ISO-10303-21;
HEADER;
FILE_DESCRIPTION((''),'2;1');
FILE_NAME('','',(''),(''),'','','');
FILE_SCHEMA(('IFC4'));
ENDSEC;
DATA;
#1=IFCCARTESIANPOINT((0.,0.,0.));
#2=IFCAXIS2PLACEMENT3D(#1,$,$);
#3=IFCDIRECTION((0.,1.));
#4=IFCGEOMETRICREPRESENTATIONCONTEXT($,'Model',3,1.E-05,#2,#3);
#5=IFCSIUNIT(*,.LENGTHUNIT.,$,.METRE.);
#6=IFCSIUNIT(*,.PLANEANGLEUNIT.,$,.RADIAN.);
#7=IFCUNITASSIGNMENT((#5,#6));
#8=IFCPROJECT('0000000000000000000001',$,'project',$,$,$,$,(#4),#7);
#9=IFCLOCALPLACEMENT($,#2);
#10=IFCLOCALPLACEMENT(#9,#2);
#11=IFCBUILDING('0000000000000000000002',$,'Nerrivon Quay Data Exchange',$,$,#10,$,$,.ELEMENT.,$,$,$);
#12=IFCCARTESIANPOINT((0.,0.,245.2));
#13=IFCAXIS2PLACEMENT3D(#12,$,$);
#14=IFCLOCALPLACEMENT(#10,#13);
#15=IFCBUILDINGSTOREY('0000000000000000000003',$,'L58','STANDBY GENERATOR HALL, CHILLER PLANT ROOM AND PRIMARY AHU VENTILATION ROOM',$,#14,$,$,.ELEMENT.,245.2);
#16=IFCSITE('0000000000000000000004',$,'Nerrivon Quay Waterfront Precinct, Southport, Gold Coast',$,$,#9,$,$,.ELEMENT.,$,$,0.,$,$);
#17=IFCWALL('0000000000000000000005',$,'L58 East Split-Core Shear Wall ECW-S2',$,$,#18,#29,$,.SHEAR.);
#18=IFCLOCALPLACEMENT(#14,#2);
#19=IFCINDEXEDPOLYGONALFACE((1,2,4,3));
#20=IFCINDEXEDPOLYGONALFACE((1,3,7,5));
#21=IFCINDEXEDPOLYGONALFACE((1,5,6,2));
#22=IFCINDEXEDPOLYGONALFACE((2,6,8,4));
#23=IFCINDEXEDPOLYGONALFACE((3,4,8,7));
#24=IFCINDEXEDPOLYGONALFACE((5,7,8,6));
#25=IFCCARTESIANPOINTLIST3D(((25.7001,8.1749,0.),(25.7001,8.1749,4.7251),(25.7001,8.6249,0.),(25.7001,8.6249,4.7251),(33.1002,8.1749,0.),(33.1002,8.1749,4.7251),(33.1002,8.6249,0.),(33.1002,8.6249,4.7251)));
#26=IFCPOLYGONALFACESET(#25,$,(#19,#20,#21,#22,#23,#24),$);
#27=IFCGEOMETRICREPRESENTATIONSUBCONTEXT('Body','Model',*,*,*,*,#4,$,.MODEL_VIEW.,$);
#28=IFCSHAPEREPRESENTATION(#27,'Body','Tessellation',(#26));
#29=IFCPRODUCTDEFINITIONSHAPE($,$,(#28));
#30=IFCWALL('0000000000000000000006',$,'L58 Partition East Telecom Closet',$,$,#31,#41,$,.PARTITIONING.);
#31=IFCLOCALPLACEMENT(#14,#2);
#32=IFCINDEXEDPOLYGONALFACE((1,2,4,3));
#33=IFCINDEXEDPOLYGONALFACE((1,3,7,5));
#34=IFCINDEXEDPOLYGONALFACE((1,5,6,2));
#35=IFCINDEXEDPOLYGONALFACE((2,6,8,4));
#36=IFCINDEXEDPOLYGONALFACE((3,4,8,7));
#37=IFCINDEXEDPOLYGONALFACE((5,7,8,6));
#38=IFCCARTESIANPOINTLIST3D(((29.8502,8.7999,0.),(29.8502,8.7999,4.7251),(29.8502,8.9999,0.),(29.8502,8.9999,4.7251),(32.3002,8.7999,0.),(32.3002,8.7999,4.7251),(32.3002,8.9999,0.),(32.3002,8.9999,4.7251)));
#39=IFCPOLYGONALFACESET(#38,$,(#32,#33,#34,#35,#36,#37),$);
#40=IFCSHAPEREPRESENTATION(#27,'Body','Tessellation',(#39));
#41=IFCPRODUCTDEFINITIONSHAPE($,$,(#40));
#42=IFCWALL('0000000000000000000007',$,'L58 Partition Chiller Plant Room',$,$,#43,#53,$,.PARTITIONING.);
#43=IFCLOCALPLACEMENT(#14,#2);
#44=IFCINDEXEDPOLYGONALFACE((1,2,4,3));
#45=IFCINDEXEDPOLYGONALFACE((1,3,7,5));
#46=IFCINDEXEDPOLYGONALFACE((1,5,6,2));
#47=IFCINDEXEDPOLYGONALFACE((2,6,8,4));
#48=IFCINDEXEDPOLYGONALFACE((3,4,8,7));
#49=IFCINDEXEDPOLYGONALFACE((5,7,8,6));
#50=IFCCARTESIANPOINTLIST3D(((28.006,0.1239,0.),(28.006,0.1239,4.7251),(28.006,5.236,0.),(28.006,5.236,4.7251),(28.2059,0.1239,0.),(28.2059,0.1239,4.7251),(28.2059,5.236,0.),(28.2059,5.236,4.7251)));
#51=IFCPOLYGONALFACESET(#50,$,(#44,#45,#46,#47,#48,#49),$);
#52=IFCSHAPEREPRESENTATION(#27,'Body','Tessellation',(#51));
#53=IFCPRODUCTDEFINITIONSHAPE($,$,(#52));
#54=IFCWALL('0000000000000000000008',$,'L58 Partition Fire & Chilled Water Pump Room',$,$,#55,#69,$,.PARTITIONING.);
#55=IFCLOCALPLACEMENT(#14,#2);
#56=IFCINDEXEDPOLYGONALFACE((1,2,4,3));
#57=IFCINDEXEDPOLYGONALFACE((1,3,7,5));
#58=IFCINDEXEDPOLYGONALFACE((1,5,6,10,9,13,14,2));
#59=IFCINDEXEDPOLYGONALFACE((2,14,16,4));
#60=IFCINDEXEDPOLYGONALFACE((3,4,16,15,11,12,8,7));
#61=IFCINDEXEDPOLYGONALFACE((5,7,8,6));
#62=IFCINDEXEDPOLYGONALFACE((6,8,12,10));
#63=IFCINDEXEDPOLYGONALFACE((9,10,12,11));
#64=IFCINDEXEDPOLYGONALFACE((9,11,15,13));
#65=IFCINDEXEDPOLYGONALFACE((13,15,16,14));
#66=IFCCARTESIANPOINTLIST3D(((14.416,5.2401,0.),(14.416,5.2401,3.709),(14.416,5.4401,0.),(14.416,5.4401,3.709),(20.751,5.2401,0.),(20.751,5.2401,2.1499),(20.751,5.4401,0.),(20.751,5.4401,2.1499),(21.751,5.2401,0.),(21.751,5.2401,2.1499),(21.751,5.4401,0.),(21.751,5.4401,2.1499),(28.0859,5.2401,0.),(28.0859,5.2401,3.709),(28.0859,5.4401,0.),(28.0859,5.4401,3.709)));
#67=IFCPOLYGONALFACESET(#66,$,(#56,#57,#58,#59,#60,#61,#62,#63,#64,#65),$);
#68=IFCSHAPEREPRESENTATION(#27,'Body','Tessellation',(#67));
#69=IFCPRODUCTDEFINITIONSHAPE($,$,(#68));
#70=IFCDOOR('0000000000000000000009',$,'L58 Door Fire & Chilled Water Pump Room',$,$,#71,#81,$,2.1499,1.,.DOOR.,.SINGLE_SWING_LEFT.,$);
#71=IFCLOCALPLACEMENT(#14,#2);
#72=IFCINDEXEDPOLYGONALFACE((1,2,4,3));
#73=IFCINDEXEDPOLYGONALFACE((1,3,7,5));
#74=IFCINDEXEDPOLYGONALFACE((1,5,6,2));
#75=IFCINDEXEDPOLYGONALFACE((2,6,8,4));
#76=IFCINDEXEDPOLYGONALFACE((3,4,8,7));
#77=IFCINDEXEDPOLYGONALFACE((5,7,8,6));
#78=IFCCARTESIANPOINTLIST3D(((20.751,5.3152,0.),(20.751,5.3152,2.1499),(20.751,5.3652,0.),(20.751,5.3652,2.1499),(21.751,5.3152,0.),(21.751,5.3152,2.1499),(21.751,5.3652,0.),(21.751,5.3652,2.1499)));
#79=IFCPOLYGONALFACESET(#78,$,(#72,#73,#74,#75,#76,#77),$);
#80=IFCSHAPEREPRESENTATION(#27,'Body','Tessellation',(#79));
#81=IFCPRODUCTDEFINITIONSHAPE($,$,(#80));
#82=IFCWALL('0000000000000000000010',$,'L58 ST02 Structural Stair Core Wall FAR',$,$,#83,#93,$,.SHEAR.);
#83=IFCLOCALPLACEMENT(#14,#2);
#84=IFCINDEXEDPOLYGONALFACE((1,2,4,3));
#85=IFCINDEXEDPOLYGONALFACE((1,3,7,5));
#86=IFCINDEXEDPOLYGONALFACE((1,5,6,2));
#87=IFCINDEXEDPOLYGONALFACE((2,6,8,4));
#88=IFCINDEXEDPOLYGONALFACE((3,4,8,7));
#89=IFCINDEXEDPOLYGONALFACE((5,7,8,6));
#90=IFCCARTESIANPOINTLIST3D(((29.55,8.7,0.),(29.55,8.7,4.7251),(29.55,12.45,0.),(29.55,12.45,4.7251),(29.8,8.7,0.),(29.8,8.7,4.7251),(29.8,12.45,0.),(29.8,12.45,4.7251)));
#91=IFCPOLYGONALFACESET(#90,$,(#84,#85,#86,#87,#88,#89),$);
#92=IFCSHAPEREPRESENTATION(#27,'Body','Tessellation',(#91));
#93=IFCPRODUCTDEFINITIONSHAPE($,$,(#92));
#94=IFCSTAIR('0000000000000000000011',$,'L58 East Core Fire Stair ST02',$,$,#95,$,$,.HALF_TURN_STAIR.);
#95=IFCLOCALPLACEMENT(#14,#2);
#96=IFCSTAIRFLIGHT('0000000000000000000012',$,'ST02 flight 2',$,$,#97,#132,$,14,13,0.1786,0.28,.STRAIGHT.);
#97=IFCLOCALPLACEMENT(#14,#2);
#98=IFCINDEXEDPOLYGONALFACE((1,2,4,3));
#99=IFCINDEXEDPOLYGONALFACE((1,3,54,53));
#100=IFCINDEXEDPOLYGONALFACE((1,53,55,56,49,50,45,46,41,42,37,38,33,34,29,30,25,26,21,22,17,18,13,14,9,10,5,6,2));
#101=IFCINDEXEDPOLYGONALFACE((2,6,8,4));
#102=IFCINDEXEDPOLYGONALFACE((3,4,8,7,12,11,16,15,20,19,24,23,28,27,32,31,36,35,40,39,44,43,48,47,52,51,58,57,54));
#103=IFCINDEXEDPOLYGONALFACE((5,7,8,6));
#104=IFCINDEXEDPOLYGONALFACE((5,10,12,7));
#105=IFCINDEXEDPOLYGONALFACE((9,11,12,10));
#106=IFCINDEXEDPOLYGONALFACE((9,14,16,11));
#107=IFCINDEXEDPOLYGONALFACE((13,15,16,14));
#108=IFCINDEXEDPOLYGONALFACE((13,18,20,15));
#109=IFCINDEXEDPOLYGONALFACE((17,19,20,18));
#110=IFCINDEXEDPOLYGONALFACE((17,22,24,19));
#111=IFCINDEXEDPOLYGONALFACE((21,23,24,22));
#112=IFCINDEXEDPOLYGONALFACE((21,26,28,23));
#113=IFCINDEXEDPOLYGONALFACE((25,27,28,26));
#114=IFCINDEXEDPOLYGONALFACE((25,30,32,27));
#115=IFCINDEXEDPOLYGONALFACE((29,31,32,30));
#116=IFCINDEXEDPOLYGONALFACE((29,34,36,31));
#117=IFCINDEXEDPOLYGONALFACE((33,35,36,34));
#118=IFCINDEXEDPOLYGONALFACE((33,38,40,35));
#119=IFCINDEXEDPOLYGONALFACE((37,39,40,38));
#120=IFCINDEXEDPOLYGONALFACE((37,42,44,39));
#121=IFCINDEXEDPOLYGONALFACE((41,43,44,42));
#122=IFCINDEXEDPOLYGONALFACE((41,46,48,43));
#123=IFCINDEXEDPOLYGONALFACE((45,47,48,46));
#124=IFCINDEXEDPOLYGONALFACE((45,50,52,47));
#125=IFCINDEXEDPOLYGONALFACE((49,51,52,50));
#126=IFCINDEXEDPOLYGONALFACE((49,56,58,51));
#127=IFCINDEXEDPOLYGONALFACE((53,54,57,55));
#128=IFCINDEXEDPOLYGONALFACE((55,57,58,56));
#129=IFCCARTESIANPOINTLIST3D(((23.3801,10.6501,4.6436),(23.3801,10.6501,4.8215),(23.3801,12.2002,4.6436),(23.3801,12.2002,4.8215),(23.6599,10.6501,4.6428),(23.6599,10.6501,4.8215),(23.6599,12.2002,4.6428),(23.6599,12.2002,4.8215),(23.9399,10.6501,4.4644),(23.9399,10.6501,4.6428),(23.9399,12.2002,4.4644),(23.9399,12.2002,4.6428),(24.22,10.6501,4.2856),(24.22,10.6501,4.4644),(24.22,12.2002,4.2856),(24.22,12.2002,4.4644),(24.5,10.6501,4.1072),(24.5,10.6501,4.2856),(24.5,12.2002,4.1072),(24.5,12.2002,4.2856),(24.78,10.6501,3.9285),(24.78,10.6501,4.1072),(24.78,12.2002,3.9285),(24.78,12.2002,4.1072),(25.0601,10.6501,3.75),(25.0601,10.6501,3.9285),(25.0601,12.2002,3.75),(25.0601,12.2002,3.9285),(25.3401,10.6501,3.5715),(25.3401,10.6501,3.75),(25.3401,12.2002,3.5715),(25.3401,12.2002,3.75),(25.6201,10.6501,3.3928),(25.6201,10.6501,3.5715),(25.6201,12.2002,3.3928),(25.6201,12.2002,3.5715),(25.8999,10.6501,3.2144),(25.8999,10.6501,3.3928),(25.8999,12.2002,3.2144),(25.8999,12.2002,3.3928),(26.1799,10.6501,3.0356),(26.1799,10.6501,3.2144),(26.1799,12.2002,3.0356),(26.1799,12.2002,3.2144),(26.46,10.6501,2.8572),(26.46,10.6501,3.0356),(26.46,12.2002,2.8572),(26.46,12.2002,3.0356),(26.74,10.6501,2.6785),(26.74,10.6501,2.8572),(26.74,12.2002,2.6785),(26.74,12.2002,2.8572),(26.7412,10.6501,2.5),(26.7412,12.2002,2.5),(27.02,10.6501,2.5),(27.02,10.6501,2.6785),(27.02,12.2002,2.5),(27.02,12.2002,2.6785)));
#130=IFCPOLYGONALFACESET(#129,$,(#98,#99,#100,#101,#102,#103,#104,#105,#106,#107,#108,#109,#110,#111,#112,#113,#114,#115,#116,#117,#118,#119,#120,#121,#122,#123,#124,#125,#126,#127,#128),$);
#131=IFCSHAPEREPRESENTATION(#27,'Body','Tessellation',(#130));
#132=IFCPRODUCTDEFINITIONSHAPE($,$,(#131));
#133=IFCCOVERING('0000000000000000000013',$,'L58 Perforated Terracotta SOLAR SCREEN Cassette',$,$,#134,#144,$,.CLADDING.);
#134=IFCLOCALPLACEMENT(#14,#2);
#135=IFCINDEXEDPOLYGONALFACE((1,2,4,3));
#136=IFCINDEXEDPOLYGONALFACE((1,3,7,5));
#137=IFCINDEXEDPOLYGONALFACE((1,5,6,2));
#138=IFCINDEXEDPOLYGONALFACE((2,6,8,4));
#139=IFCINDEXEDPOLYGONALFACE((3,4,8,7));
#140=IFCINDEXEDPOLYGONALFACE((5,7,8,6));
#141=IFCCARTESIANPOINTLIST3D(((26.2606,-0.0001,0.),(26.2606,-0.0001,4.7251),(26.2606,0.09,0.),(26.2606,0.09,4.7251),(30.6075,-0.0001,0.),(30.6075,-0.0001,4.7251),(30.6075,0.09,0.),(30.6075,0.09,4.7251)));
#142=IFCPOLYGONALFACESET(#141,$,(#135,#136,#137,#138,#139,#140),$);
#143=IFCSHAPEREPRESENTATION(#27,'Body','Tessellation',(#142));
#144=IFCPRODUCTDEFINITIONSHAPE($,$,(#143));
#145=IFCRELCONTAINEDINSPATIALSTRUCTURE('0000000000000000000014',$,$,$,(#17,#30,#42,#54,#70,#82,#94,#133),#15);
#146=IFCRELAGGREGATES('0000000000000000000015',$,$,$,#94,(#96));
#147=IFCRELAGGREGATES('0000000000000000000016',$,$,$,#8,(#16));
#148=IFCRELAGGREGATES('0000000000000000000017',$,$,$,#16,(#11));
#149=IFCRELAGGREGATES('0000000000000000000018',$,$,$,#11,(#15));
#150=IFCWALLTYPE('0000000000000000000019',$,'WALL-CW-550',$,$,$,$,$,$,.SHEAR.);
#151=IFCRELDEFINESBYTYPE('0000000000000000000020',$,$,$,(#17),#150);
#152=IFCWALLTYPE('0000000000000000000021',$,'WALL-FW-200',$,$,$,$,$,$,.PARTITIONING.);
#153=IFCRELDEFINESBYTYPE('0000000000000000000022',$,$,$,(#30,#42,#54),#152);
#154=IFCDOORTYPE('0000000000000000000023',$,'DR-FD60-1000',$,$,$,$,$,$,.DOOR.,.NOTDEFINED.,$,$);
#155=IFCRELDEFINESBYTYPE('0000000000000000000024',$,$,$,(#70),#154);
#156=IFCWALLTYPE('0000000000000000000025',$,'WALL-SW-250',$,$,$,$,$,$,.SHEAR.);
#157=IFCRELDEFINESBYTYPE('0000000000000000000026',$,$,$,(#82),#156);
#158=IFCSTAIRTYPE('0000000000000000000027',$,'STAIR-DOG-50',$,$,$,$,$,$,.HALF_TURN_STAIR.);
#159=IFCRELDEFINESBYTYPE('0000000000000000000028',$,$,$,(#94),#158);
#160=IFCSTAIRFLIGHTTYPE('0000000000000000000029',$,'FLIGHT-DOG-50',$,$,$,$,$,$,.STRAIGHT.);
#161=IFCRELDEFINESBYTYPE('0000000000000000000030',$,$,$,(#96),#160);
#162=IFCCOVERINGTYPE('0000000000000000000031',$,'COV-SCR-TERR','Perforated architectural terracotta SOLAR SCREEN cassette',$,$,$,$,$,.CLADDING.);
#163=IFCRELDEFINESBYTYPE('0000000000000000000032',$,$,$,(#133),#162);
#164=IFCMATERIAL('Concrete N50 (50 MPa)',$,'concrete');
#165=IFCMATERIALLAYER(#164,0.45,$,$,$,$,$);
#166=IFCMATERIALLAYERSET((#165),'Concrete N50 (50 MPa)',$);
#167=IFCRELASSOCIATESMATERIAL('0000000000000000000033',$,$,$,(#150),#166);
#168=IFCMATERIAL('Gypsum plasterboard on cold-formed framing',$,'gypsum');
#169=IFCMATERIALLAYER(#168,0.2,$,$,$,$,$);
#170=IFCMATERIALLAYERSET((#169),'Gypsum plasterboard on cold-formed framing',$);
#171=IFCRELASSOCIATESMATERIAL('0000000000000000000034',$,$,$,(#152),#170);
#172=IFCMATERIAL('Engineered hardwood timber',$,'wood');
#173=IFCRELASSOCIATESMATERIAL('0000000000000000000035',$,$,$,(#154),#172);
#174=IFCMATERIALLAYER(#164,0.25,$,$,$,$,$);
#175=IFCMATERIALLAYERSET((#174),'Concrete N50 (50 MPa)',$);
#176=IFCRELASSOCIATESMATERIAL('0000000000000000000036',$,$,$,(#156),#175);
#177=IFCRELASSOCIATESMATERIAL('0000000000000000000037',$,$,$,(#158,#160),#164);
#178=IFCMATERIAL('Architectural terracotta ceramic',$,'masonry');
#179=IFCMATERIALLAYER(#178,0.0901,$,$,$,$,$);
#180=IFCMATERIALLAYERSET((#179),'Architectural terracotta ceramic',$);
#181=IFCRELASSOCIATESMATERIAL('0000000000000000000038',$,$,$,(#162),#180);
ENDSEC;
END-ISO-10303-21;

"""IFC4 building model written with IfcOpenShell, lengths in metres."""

from ifc_helpers import new_model, si_unit, direction, frame, frame_2d, origin, origin_2d, place, context, subcontext, project, spatial, polyline, rectangle, outline, extrude, material, layer, layer_set, type_object, element, fill, aggregate, save


model = new_model("IFC4")

# Units and contexts
model_context = context("Model", 3, precision=1e-05, world=origin(), true_north=direction((0.0, 1.0)))
body_context = subcontext(model_context, "Body", "Model", "MODEL_VIEW")
ifc_project = project(units=[si_unit("LENGTHUNIT", "METRE"), si_unit("PLANEANGLEUNIT", "RADIAN")], contexts=[model_context])

# Site, building, storey
site_placement = place(None, origin())
site = spatial("IfcSite", under=ifc_project, at=site_placement, Name="Nerrivon Quay Waterfront Precinct, Southport, Gold Coast", CompositionType="ELEMENT", RefElevation=0.0)
building_placement = place(site_placement, origin())
building = spatial("IfcBuilding", under=site, at=building_placement, Name="Nerrivon Quay Data Exchange", CompositionType="ELEMENT")
storey_placement = place(building_placement, frame((0.0, 0.0, 245.2)))
storey = spatial("IfcBuildingStorey", under=building, at=storey_placement, Name="L58", Description="STANDBY GENERATOR HALL, CHILLER PLANT ROOM AND PRIMARY AHU VENTILATION ROOM", CompositionType="ELEMENT", Elevation=245.2)

# Wall
ifc_material_1 = material(Name="Concrete N50 (50 MPa)", Category="concrete")
ifc_layer_1 = layer(ifc_material_1, 0.45)
ifc_layer_set_1 = layer_set([ifc_layer_1], Name="Concrete N50 (50 MPa)")
wall_type_1 = type_object("IfcWallType", Name="WALL-CW-550", PredefinedType="SHEAR", material=ifc_layer_set_1)
wall_1_placement = place(storey_placement, frame((25.7, 8.3999, 0.0), z_axis=(0.0, 0.0, 1.0), x_axis=(1.0, 0.0, 0.0)))
element("IfcWall", 1, at=wall_1_placement, inside=storey, type_object=wall_type_1, Name="L58 East Split-Core Shear Wall ECW-S2", PredefinedType="SHEAR", context=body_context, shape_type="SweptSolid", body=[
    extrude(rectangle(XDim=7.4001, YDim=0.45, at=frame_2d((3.7002, 0.0))), origin(), (0.0, 0.0, 1.0), 4.7251),
])

# Shared definitions
ifc_material_2 = material(Name="Gypsum plasterboard on cold-formed framing", Category="gypsum")
ifc_layer_2 = layer(ifc_material_2, 0.2)
ifc_layer_set_2 = layer_set([ifc_layer_2], Name="Gypsum plasterboard on cold-formed framing")
wall_type_2 = type_object("IfcWallType", Name="WALL-FW-200", PredefinedType="PARTITIONING", material=ifc_layer_set_2)
ifc_material_3 = material(Name="Engineered hardwood timber", Category="wood")

# Walls
wall_2_placement = place(storey_placement, frame((29.8501, 8.8999, 0.0), z_axis=(0.0, 0.0, 1.0), x_axis=(1.0, 0.0, 0.0)))
element("IfcWall", 2, at=wall_2_placement, inside=storey, type_object=wall_type_2, Name="L58 Partition East Telecom Closet", PredefinedType="PARTITIONING", context=body_context, shape_type="SweptSolid", body=[
    extrude(rectangle(XDim=2.45, YDim=0.2, at=frame_2d((1.2251, 0.0))), origin(), (0.0, 0.0, 1.0), 4.7251),
])
wall_3_placement = place(storey_placement, frame((28.106, 5.2361, 0.0), z_axis=(0.0, 0.0, 1.0), x_axis=(0.0, -1.0, 0.0)))
element("IfcWall", 3, at=wall_3_placement, inside=storey, type_object=wall_type_2, Name="L58 Partition Chiller Plant Room", PredefinedType="PARTITIONING", context=body_context, shape_type="SweptSolid", body=[
    extrude(rectangle(XDim=5.1121, YDim=0.2, at=frame_2d((2.5562, 0.0))), origin(), (0.0, 0.0, 1.0), 4.7251),
])

# Wall, opening, door
wall_4_placement = place(storey_placement, frame((28.0859, 5.3401, 0.0), z_axis=(0.0, 0.0, 1.0), x_axis=(-1.0, 0.0, 0.0)))
wall_4 = element("IfcWall", 4, at=wall_4_placement, inside=storey, type_object=wall_type_2, Name="L58 Partition Fire & Chilled Water Pump Room", PredefinedType="PARTITIONING", context=body_context, shape_type="SweptSolid", body=[
    extrude(rectangle(XDim=13.6699, YDim=0.2, at=frame_2d((6.835, 0.0))), origin(), (0.0, 0.0, 1.0), 3.709),
])
opening_1_placement = place(wall_4_placement, frame((6.335, 0.0, 0.0)))
opening_1 = element("IfcOpeningElement", 5, at=opening_1_placement, cuts=wall_4, PredefinedType="OPENING", context=body_context, shape_type="SweptSolid", body=[
    extrude(rectangle(XDim=1.0, YDim=2.1499, at=frame_2d((0.5, 1.075))), frame((0.0, 0.1099, 0.0), z_axis=(0.0, -1.0, 0.0), x_axis=(1.0, 0.0, 0.0)), (0.0, 0.0, 1.0), 0.22),
])
door_type_1 = type_object("IfcDoorType", Name="DR-FD60-1000", OperationType="NOTDEFINED", PredefinedType="DOOR", material=ifc_material_3)
door_1_placement = place(opening_1_placement, origin())
door_1 = element("IfcDoor", 6, at=door_1_placement, inside=storey, type_object=door_type_1, Name="L58 Door Fire & Chilled Water Pump Room", OperationType="SINGLE_SWING_LEFT", OverallHeight=2.1499, OverallWidth=1.0, PredefinedType="DOOR", context=body_context, shape_type="SweptSolid", body=[
    extrude(rectangle(XDim=1.0, YDim=2.1499, at=frame_2d((0.5, 1.075))), frame((0.0, 0.0249, 0.0), z_axis=(0.0, -1.0, 0.0), x_axis=(1.0, 0.0, 0.0)), (0.0, 0.0, 1.0), 0.05),
])
fill(opening_1, door_1)

# Wall
ifc_layer_3 = layer(ifc_material_1, 0.25)
ifc_layer_set_3 = layer_set([ifc_layer_3], Name="Concrete N50 (50 MPa)")
wall_type_3 = type_object("IfcWallType", Name="WALL-SW-250", PredefinedType="SHEAR", material=ifc_layer_set_3)
wall_5_placement = place(storey_placement, frame((29.675, 8.7, 0.0), z_axis=(0.0, 0.0, 1.0), x_axis=(0.0, 1.0, 0.0)))
element("IfcWall", 7, at=wall_5_placement, inside=storey, type_object=wall_type_3, Name="L58 ST02 Structural Stair Core Wall FAR", PredefinedType="SHEAR", context=body_context, shape_type="SweptSolid", body=[
    extrude(rectangle(XDim=3.75, YDim=0.25, at=frame_2d((1.875, 0.0))), origin(), (0.0, 0.0, 1.0), 4.7251),
])

# Stair, stair flight
stair_type = type_object("IfcStairType", Name="STAIR-DOG-50", PredefinedType="HALF_TURN_STAIR", material=ifc_material_1)
stair_placement = place(storey_placement, origin())
stair = element("IfcStair", 8, at=stair_placement, inside=storey, type_object=stair_type, Name="L58 East Core Fire Stair ST02", PredefinedType="HALF_TURN_STAIR")
stair_flight_type = type_object("IfcStairFlightType", Name="FLIGHT-DOG-50", PredefinedType="STRAIGHT", material=ifc_material_1)
stair_flight_placement = place(storey_placement, frame((27.02, 11.425, 2.5), z_axis=(0.0, 0.0, 1.0), x_axis=(-1.0, 0.0, 0.0)))
stair_flight = element("IfcStairFlight", 9, at=stair_flight_placement, type_object=stair_flight_type, Name="ST02 flight 2", NumberOfRisers=14, NumberOfTreads=13, PredefinedType="STRAIGHT", RiserHeight=0.1786, TreadLength=0.28, context=body_context, shape_type="SweptSolid", body=[
    extrude(outline(polyline([(0.0, 0.0), (0.0, 0.1785), (0.28, 0.1785), (0.28, 0.3572), (0.5601, 0.3572), (0.5601, 0.5356), (0.8401, 0.5356), (0.8401, 0.7144), (1.1201, 0.7144), (1.1201, 0.8928), (1.3999, 0.8928), (1.3999, 1.0715), (1.6799, 1.0715), (1.6799, 1.25), (1.96, 1.25), (1.96, 1.4285), (2.24, 1.4285), (2.24, 1.6072), (2.52, 1.6072), (2.52, 1.7856), (2.8, 1.7856), (2.8, 1.9644), (3.0801, 1.9644), (3.0801, 2.1428), (3.3601, 2.1428), (3.3601, 2.3215), (3.6399, 2.3215), (3.6399, 2.5), (3.6399, 2.1436), (0.2788, 0.0), (0.0, 0.0)])), frame((0.0, 0.7749, 0.0), z_axis=(0.0, -1.0, 0.0), x_axis=(1.0, 0.0, 0.0)), (0.0, 0.0, 1.0), 1.55),
])
aggregate(stair, [stair_flight])

# Covering
ifc_material_4 = material(Name="Architectural terracotta ceramic", Category="masonry")
ifc_layer_4 = layer(ifc_material_4, 0.0901)
ifc_layer_set_4 = layer_set([ifc_layer_4], Name="Architectural terracotta ceramic")
covering_type = type_object("IfcCoveringType", Name="COV-SCR-TERR", Description="Perforated architectural terracotta SOLAR SCREEN cassette", PredefinedType="CLADDING", material=ifc_layer_set_4)
covering_placement = place(storey_placement, frame((28.4341, 0.0449, 0.0), z_axis=(0.0, 0.0, 1.0), x_axis=(-1.0, 0.0, 0.0)))
element("IfcCovering", 10, at=covering_placement, inside=storey, type_object=covering_type, Name="L58 Perforated Terracotta SOLAR SCREEN Cassette", PredefinedType="CLADDING", context=body_context, shape_type="SweptSolid", body=[
    extrude(rectangle(XDim=4.3469, YDim=0.0901, at=origin_2d()), origin(), (0.0, 0.0, 1.0), 4.7251),
])

save(model, "model.ifc")
